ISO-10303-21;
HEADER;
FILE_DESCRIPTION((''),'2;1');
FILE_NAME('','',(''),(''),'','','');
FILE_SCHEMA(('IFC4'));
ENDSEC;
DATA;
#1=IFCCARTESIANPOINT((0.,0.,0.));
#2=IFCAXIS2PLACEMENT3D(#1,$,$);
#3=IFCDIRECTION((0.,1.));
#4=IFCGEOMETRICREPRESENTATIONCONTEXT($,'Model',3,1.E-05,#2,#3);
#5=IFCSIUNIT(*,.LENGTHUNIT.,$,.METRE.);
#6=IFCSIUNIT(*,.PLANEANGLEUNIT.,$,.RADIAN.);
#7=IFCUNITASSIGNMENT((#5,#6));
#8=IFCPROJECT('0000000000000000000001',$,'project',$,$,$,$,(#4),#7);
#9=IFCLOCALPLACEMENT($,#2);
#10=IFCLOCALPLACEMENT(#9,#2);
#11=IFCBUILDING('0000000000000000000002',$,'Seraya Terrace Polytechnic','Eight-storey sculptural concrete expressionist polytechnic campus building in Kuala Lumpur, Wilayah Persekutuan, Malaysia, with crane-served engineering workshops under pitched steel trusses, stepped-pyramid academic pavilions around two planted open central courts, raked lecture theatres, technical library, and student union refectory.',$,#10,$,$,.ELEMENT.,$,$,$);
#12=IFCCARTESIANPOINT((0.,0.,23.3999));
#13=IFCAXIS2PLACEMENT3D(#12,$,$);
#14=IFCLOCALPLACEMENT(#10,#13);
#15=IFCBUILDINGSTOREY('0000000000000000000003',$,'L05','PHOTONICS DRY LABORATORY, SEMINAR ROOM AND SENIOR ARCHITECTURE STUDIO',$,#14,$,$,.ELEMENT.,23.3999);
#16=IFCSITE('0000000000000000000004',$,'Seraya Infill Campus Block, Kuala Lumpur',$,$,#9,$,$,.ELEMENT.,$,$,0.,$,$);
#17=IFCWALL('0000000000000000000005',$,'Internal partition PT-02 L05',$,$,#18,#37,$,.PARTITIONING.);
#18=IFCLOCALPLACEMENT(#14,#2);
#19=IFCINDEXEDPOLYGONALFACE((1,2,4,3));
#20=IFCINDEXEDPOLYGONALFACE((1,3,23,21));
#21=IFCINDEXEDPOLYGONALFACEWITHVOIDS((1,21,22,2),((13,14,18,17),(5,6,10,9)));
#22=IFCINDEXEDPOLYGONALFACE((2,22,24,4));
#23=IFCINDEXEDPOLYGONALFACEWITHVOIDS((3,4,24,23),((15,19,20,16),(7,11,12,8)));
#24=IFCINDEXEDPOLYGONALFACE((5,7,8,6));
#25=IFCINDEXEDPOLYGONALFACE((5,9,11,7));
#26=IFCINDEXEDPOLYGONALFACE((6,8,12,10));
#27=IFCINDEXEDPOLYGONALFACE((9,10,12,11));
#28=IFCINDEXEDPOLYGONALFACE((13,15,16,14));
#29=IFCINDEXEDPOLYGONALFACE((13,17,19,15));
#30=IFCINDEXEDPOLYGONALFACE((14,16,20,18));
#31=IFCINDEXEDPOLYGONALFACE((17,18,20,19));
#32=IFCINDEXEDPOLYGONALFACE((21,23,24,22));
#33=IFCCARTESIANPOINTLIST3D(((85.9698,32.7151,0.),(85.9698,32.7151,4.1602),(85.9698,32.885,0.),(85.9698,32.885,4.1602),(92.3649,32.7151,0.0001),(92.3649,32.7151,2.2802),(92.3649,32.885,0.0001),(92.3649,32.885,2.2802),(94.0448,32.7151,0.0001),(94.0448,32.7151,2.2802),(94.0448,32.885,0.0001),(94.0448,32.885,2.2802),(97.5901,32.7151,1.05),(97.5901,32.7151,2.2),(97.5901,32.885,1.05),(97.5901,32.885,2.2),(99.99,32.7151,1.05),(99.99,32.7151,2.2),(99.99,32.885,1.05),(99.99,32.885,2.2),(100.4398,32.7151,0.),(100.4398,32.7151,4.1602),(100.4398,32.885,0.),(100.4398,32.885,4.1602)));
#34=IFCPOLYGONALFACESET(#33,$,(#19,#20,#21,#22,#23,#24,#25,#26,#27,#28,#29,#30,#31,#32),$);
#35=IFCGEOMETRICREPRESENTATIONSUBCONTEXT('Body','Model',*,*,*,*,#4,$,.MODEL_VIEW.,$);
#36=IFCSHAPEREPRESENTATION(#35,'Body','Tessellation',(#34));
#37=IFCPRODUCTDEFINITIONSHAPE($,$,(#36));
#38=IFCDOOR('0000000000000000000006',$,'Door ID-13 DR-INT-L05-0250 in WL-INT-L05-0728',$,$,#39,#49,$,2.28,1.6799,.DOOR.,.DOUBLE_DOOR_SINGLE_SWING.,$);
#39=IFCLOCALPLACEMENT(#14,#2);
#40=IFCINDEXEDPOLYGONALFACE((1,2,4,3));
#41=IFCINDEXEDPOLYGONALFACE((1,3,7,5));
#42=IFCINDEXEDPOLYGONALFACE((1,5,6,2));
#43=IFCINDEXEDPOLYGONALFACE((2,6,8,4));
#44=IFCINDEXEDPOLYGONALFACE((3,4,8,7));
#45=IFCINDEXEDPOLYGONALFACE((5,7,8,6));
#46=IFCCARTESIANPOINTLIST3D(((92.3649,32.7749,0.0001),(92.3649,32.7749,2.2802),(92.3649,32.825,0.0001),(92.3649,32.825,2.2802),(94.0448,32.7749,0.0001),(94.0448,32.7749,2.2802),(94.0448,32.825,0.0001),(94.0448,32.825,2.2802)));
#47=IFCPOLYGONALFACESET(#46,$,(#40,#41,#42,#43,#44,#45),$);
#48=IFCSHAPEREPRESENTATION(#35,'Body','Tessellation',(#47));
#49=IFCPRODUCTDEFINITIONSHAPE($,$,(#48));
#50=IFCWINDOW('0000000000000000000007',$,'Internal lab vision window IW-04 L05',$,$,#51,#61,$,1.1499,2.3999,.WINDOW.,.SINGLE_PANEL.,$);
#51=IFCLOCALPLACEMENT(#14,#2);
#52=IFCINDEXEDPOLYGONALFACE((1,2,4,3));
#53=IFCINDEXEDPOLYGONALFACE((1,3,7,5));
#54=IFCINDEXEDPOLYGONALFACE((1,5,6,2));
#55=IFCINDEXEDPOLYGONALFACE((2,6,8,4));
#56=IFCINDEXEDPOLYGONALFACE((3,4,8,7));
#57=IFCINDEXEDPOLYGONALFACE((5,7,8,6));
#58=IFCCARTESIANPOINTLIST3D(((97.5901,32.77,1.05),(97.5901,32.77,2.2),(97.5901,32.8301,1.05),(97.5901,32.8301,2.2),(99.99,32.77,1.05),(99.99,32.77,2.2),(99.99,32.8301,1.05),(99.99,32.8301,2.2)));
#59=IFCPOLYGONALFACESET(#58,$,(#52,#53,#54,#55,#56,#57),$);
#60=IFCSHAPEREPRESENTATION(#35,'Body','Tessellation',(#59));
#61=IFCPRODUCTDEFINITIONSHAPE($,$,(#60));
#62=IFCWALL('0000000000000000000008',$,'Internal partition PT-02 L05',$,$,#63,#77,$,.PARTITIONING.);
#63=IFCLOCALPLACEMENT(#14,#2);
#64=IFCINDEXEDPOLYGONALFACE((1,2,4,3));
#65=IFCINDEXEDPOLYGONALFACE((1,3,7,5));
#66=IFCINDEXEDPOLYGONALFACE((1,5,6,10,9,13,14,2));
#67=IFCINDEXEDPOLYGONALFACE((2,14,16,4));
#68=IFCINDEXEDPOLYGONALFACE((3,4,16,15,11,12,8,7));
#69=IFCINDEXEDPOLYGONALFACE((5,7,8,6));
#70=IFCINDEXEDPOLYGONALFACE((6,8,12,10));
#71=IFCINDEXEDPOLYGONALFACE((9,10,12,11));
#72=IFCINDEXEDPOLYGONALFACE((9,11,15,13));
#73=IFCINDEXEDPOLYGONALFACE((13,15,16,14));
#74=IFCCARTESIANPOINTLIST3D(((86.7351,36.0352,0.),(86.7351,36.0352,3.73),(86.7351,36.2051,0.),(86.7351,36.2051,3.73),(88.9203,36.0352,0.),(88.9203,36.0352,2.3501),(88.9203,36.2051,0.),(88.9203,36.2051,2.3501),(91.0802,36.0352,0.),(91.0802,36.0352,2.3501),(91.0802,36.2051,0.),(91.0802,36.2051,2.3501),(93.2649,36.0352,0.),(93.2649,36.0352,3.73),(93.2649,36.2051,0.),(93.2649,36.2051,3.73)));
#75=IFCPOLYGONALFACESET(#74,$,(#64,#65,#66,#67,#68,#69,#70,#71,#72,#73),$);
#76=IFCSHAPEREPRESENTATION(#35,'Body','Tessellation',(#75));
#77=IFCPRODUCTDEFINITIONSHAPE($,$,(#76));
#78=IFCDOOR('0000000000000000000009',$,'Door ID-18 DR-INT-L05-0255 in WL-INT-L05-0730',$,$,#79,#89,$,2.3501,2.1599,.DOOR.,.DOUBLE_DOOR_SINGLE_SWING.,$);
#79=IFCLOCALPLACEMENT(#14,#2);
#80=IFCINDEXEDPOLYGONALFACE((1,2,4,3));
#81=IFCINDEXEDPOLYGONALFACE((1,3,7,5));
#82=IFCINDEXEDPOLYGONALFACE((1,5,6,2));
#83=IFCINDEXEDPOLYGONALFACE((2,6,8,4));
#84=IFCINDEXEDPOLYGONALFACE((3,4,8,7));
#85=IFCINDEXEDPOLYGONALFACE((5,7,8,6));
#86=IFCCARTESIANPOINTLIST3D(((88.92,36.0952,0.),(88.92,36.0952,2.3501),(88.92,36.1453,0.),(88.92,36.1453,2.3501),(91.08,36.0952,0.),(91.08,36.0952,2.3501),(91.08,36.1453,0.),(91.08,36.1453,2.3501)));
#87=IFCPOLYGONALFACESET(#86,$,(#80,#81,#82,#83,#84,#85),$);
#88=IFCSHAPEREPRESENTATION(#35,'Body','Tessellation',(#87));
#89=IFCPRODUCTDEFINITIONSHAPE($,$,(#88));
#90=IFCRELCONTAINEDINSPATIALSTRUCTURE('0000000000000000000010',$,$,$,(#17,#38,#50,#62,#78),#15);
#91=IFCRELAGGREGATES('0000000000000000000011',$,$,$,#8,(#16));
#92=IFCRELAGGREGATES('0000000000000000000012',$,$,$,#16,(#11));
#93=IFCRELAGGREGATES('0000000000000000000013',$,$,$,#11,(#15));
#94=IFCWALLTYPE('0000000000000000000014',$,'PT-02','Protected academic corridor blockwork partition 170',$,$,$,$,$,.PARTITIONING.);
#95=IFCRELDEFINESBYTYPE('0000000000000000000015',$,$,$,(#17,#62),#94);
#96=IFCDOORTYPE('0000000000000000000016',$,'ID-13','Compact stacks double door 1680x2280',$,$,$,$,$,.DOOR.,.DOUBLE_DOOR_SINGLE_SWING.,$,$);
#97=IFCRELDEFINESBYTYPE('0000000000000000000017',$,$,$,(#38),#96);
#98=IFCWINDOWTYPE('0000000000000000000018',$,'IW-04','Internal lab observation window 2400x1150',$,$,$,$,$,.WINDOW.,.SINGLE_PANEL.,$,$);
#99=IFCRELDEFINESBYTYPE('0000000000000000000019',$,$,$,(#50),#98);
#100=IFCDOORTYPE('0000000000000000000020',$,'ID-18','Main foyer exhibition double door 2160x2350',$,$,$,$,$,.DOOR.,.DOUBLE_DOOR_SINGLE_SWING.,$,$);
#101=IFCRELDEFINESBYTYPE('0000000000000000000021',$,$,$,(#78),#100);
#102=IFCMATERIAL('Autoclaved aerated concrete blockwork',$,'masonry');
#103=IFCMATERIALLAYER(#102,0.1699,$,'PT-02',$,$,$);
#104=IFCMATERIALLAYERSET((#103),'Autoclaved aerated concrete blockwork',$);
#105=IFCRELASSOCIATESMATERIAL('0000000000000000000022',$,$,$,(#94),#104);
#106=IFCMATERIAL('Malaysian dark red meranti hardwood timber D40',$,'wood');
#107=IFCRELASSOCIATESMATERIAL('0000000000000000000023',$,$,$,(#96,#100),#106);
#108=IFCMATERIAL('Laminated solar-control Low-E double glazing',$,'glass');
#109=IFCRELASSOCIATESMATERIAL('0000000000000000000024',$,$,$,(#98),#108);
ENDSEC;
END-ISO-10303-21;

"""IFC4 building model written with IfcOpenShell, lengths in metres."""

from ifc_helpers import new_model, si_unit, direction, frame, frame_2d, origin, place, context, subcontext, project, spatial, rectangle, extrude, material, layer, layer_set, type_object, element, fill, save


model = new_model("IFC4")

# Units and contexts
model_context = context("Model", 3, precision=1e-05, world=origin(), true_north=direction((0.0, 1.0)))
body_context = subcontext(model_context, "Body", "Model", "MODEL_VIEW")
ifc_project = project(units=[si_unit("LENGTHUNIT", "METRE"), si_unit("PLANEANGLEUNIT", "RADIAN")], contexts=[model_context])

# Site, building, storey
site_placement = place(None, origin())
site = spatial("IfcSite", under=ifc_project, at=site_placement, Name="Seraya Infill Campus Block, Kuala Lumpur", CompositionType="ELEMENT", RefElevation=0.0)
building_placement = place(site_placement, origin())
building = spatial("IfcBuilding", under=site, at=building_placement, Name="Seraya Terrace Polytechnic", Description="Eight-storey sculptural concrete expressionist polytechnic campus building in Kuala Lumpur, Wilayah Persekutuan, Malaysia, with crane-served engineering workshops under pitched steel trusses, stepped-pyramid academic pavilions around two planted open central courts, raked lecture theatres, technical library, and student union refectory.", CompositionType="ELEMENT")
storey_placement = place(building_placement, frame((0.0, 0.0, 23.3999)))
storey = spatial("IfcBuildingStorey", under=building, at=storey_placement, Name="L05", Description="PHOTONICS DRY LABORATORY, SEMINAR ROOM AND SENIOR ARCHITECTURE STUDIO", CompositionType="ELEMENT", Elevation=23.3999)

# Shared definitions
ifc_material_1 = material(Name="Laminated solar-control Low-E double glazing", Category="glass")

# Wall, openings, door, window
ifc_material_2 = material(Name="Autoclaved aerated concrete blockwork", Category="masonry")
ifc_layer_1 = layer(ifc_material_2, 0.1699, Name="PT-02")
ifc_layer_set_1 = layer_set([ifc_layer_1], Name="Autoclaved aerated concrete blockwork")
wall_type_1 = type_object("IfcWallType", Name="PT-02", Description="Protected academic corridor blockwork partition 170", PredefinedType="PARTITIONING", material=ifc_layer_set_1)
wall_1_placement = place(storey_placement, frame((85.97, 32.8, 0.0), z_axis=(0.0, 0.0, 1.0), x_axis=(1.0, 0.0, 0.0)))
wall_1 = element("IfcWall", 1, at=wall_1_placement, inside=storey, type_object=wall_type_1, Name="Internal partition PT-02 L05", PredefinedType="PARTITIONING", context=body_context, shape_type="SweptSolid", body=[
    extrude(rectangle(XDim=14.47, YDim=0.1699, at=frame_2d((7.2349, 0.0))), origin(), (0.0, 0.0, 1.0), 4.1602),
])
opening_1_placement = place(wall_1_placement, frame((6.395, 0.0, 0.0)))
opening_1 = element("IfcOpeningElement", 2, at=opening_1_placement, cuts=wall_1, PredefinedType="OPENING", context=body_context, shape_type="SweptSolid", body=[
    extrude(rectangle(XDim=1.6799, YDim=2.28, at=frame_2d((0.8398, 1.1401))), frame((0.0, 0.0969, 0.0), z_axis=(0.0, -1.0, 0.0), x_axis=(1.0, 0.0, 0.0)), (0.0, 0.0, 1.0), 0.1938),
])
opening_2_placement = place(wall_1_placement, frame((11.6201, 0.0, 1.05)))
opening_2 = element("IfcOpeningElement", 3, at=opening_2_placement, cuts=wall_1, PredefinedType="OPENING", context=body_context, shape_type="SweptSolid", body=[
    extrude(rectangle(XDim=2.3999, YDim=1.1499, at=frame_2d((1.2, 0.575))), frame((0.0, 0.0969, 0.0), z_axis=(0.0, -1.0, 0.0), x_axis=(1.0, 0.0, 0.0)), (0.0, 0.0, 1.0), 0.1938),
])
ifc_material_3 = material(Name="Malaysian dark red meranti hardwood timber D40", Category="wood")
door_type_1 = type_object("IfcDoorType", Name="ID-13", Description="Compact stacks double door 1680x2280", OperationType="DOUBLE_DOOR_SINGLE_SWING", PredefinedType="DOOR", material=ifc_material_3)
door_1_placement = place(opening_1_placement, origin())
door_1 = element("IfcDoor", 4, at=door_1_placement, inside=storey, type_object=door_type_1, Name="Door ID-13 DR-INT-L05-0250 in WL-INT-L05-0728", OperationType="DOUBLE_DOOR_SINGLE_SWING", OverallHeight=2.28, OverallWidth=1.6799, PredefinedType="DOOR", context=body_context, shape_type="SweptSolid", body=[
    extrude(rectangle(XDim=1.6799, YDim=2.28, at=frame_2d((0.8398, 1.1401))), frame((0.0, 0.0249, 0.0), z_axis=(0.0, -1.0, 0.0), x_axis=(1.0, 0.0, 0.0)), (0.0, 0.0, 1.0), 0.05),
])
fill(opening_1, door_1)
window_type_1 = type_object("IfcWindowType", Name="IW-04", Description="Internal lab observation window 2400x1150", PartitioningType="SINGLE_PANEL", PredefinedType="WINDOW", material=ifc_material_1)
window_1_placement = place(opening_2_placement, origin())
window_1 = element("IfcWindow", 5, at=window_1_placement, inside=storey, type_object=window_type_1, Name="Internal lab vision window IW-04 L05", OverallHeight=1.1499, OverallWidth=2.3999, PartitioningType="SINGLE_PANEL", PredefinedType="WINDOW", context=body_context, shape_type="SweptSolid", body=[
    extrude(rectangle(XDim=2.3999, YDim=1.1499, at=frame_2d((1.2, 0.575))), frame((0.0, 0.03, 0.0), z_axis=(0.0, -1.0, 0.0), x_axis=(1.0, 0.0, 0.0)), (0.0, 0.0, 1.0), 0.0601),
])
fill(opening_2, window_1)

# Wall, opening, door
wall_2_placement = place(storey_placement, frame((86.7351, 36.1201, 0.0), z_axis=(0.0, 0.0, 1.0), x_axis=(1.0, 0.0, 0.0)))
wall_2 = element("IfcWall", 6, at=wall_2_placement, inside=storey, type_object=wall_type_1, Name="Internal partition PT-02 L05", PredefinedType="PARTITIONING", context=body_context, shape_type="SweptSolid", body=[
    extrude(rectangle(XDim=6.5298, YDim=0.1699, at=frame_2d((3.2649, 0.0))), origin(), (0.0, 0.0, 1.0), 3.73),
])
opening_3_placement = place(wall_2_placement, frame((2.1851, 0.0, 0.0)))
opening_3 = element("IfcOpeningElement", 7, at=opening_3_placement, cuts=wall_2, PredefinedType="OPENING", context=body_context, shape_type="SweptSolid", body=[
    extrude(rectangle(XDim=2.1599, YDim=2.3501, at=frame_2d((1.0801, 1.175))), frame((0.0, 0.0969, 0.0), z_axis=(0.0, -1.0, 0.0), x_axis=(1.0, 0.0, 0.0)), (0.0, 0.0, 1.0), 0.1938),
])
door_type_2 = type_object("IfcDoorType", Name="ID-18", Description="Main foyer exhibition double door 2160x2350", OperationType="DOUBLE_DOOR_SINGLE_SWING", PredefinedType="DOOR", material=ifc_material_3)
door_2_placement = place(opening_3_placement, frame((2.1599, 0.0, 0.0), z_axis=(0.0, 0.0, 1.0), x_axis=(-1.0, 0.0, 0.0)))
door_2 = element("IfcDoor", 8, at=door_2_placement, inside=storey, type_object=door_type_2, Name="Door ID-18 DR-INT-L05-0255 in WL-INT-L05-0730", OperationType="DOUBLE_DOOR_SINGLE_SWING", OverallHeight=2.3501, OverallWidth=2.1599, PredefinedType="DOOR", context=body_context, shape_type="SweptSolid", body=[
    extrude(rectangle(XDim=2.1599, YDim=2.3501, at=frame_2d((1.0801, 1.175))), frame((0.0, 0.0249, 0.0), z_axis=(0.0, -1.0, 0.0), x_axis=(1.0, 0.0, 0.0)), (0.0, 0.0, 1.0), 0.05),
])
fill(opening_3, door_2)

save(model, "model.ifc")
